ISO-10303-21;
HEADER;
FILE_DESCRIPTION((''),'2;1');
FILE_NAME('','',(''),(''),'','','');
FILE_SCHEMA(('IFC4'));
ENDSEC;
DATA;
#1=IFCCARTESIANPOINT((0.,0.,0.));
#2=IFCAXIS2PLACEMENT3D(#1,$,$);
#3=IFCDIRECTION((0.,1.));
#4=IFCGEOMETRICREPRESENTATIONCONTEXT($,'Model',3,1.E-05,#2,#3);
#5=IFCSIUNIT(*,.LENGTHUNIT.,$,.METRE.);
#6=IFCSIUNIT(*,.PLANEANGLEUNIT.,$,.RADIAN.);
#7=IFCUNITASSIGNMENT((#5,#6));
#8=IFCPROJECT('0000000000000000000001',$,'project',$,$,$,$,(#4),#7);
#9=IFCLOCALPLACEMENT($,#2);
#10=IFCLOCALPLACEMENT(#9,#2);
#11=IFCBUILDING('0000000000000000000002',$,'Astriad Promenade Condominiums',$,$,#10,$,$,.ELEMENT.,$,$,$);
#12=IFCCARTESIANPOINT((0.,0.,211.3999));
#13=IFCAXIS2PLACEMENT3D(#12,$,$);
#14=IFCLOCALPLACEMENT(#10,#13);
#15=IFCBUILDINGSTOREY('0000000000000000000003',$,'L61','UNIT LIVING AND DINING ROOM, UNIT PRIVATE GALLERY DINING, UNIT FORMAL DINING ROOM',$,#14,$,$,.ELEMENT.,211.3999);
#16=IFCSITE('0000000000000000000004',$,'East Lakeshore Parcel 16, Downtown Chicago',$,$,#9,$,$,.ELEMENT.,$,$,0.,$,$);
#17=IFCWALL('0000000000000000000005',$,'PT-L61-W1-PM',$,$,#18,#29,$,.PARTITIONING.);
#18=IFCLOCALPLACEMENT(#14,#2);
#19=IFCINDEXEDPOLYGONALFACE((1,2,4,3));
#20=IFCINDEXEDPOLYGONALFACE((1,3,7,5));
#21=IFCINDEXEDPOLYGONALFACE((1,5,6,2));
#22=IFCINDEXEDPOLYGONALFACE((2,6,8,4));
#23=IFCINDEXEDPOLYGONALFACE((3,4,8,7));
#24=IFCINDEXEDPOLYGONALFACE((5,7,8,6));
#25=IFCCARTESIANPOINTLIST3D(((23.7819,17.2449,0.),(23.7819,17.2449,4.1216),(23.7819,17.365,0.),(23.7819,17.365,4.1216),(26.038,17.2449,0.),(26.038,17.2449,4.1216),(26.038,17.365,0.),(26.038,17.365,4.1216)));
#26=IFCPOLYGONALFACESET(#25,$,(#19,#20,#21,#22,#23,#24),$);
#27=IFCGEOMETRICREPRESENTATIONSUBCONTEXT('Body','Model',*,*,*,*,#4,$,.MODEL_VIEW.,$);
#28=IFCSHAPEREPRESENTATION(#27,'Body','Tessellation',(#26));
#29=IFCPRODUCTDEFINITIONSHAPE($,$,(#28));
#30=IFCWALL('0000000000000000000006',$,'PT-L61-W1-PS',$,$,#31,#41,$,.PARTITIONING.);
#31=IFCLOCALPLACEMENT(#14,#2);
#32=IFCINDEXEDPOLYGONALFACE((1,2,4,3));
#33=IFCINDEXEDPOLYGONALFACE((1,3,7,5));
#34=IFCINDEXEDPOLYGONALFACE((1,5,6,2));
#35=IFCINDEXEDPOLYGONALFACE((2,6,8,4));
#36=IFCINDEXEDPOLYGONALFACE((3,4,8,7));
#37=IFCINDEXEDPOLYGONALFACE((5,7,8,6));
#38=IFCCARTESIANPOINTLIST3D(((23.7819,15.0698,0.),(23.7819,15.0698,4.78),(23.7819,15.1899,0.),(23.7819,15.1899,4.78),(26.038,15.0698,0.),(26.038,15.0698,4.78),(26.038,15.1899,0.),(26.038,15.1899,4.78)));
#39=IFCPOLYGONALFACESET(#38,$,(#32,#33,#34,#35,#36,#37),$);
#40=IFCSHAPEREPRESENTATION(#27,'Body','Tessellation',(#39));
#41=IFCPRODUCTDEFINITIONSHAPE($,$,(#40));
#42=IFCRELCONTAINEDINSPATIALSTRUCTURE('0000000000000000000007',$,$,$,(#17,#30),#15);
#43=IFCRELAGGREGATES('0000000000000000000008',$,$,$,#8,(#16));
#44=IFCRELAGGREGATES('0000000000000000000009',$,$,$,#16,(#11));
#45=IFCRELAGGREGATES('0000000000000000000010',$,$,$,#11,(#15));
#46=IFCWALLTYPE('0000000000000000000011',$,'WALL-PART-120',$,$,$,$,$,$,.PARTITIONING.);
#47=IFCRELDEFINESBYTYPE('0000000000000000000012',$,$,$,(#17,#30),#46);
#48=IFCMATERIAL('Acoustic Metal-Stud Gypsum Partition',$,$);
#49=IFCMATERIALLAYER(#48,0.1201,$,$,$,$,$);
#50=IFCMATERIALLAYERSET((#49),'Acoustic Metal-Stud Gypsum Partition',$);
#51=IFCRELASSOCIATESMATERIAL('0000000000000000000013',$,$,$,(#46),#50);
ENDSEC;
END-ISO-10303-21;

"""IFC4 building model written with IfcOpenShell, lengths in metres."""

from ifc_helpers import new_model, si_unit, direction, frame, frame_2d, origin, place, context, subcontext, project, spatial, rectangle, extrude, material, layer, layer_set, type_object, element, save


model = new_model("IFC4")

# Units and contexts
model_context = context("Model", 3, precision=1e-05, world=origin(), true_north=direction((0.0, 1.0)))
body_context = subcontext(model_context, "Body", "Model", "MODEL_VIEW")
ifc_project = project(units=[si_unit("LENGTHUNIT", "METRE"), si_unit("PLANEANGLEUNIT", "RADIAN")], contexts=[model_context])

# Site, building, storey
site_placement = place(None, origin())
site = spatial("IfcSite", under=ifc_project, at=site_placement, Name="East Lakeshore Parcel 16, Downtown Chicago", CompositionType="ELEMENT", RefElevation=0.0)
building_placement = place(site_placement, origin())
building = spatial("IfcBuilding", under=site, at=building_placement, Name="Astriad Promenade Condominiums", CompositionType="ELEMENT")
storey_placement = place(building_placement, frame((0.0, 0.0, 211.3999)))
storey = spatial("IfcBuildingStorey", under=building, at=storey_placement, Name="L61", Description="UNIT LIVING AND DINING ROOM, UNIT PRIVATE GALLERY DINING, UNIT FORMAL DINING ROOM", CompositionType="ELEMENT", Elevation=211.3999)

# Shared definitions
ifc_material_1 = material(Name="Acoustic Metal-Stud Gypsum Partition")
ifc_layer_1 = layer(ifc_material_1, 0.1201)
ifc_layer_set_1 = layer_set([ifc_layer_1], Name="Acoustic Metal-Stud Gypsum Partition")
wall_type = type_object("IfcWallType", Name="WALL-PART-120", PredefinedType="PARTITIONING", material=ifc_layer_set_1)

# Walls
wall_1_placement = place(storey_placement, frame((23.782, 17.3049, 0.0), z_axis=(0.0, 0.0, 1.0), x_axis=(1.0, 0.0, 0.0)))
element("IfcWall", 1, at=wall_1_placement, inside=storey, type_object=wall_type, Name="PT-L61-W1-PM", PredefinedType="PARTITIONING", context=body_context, shape_type="SweptSolid", body=[
    extrude(rectangle(XDim=2.2561, YDim=0.1201, at=frame_2d((1.1279, 0.0))), origin(), (0.0, 0.0, 1.0), 4.1216),
])
wall_2_placement = place(storey_placement, frame((23.782, 15.1299, 0.0), z_axis=(0.0, 0.0, 1.0), x_axis=(1.0, 0.0, 0.0)))
element("IfcWall", 2, at=wall_2_placement, inside=storey, type_object=wall_type, Name="PT-L61-W1-PS", PredefinedType="PARTITIONING", context=body_context, shape_type="SweptSolid", body=[
    extrude(rectangle(XDim=2.2561, YDim=0.1201, at=frame_2d((1.1279, 0.0))), origin(), (0.0, 0.0, 1.0), 4.78),
])

save(model, "model.ifc")
